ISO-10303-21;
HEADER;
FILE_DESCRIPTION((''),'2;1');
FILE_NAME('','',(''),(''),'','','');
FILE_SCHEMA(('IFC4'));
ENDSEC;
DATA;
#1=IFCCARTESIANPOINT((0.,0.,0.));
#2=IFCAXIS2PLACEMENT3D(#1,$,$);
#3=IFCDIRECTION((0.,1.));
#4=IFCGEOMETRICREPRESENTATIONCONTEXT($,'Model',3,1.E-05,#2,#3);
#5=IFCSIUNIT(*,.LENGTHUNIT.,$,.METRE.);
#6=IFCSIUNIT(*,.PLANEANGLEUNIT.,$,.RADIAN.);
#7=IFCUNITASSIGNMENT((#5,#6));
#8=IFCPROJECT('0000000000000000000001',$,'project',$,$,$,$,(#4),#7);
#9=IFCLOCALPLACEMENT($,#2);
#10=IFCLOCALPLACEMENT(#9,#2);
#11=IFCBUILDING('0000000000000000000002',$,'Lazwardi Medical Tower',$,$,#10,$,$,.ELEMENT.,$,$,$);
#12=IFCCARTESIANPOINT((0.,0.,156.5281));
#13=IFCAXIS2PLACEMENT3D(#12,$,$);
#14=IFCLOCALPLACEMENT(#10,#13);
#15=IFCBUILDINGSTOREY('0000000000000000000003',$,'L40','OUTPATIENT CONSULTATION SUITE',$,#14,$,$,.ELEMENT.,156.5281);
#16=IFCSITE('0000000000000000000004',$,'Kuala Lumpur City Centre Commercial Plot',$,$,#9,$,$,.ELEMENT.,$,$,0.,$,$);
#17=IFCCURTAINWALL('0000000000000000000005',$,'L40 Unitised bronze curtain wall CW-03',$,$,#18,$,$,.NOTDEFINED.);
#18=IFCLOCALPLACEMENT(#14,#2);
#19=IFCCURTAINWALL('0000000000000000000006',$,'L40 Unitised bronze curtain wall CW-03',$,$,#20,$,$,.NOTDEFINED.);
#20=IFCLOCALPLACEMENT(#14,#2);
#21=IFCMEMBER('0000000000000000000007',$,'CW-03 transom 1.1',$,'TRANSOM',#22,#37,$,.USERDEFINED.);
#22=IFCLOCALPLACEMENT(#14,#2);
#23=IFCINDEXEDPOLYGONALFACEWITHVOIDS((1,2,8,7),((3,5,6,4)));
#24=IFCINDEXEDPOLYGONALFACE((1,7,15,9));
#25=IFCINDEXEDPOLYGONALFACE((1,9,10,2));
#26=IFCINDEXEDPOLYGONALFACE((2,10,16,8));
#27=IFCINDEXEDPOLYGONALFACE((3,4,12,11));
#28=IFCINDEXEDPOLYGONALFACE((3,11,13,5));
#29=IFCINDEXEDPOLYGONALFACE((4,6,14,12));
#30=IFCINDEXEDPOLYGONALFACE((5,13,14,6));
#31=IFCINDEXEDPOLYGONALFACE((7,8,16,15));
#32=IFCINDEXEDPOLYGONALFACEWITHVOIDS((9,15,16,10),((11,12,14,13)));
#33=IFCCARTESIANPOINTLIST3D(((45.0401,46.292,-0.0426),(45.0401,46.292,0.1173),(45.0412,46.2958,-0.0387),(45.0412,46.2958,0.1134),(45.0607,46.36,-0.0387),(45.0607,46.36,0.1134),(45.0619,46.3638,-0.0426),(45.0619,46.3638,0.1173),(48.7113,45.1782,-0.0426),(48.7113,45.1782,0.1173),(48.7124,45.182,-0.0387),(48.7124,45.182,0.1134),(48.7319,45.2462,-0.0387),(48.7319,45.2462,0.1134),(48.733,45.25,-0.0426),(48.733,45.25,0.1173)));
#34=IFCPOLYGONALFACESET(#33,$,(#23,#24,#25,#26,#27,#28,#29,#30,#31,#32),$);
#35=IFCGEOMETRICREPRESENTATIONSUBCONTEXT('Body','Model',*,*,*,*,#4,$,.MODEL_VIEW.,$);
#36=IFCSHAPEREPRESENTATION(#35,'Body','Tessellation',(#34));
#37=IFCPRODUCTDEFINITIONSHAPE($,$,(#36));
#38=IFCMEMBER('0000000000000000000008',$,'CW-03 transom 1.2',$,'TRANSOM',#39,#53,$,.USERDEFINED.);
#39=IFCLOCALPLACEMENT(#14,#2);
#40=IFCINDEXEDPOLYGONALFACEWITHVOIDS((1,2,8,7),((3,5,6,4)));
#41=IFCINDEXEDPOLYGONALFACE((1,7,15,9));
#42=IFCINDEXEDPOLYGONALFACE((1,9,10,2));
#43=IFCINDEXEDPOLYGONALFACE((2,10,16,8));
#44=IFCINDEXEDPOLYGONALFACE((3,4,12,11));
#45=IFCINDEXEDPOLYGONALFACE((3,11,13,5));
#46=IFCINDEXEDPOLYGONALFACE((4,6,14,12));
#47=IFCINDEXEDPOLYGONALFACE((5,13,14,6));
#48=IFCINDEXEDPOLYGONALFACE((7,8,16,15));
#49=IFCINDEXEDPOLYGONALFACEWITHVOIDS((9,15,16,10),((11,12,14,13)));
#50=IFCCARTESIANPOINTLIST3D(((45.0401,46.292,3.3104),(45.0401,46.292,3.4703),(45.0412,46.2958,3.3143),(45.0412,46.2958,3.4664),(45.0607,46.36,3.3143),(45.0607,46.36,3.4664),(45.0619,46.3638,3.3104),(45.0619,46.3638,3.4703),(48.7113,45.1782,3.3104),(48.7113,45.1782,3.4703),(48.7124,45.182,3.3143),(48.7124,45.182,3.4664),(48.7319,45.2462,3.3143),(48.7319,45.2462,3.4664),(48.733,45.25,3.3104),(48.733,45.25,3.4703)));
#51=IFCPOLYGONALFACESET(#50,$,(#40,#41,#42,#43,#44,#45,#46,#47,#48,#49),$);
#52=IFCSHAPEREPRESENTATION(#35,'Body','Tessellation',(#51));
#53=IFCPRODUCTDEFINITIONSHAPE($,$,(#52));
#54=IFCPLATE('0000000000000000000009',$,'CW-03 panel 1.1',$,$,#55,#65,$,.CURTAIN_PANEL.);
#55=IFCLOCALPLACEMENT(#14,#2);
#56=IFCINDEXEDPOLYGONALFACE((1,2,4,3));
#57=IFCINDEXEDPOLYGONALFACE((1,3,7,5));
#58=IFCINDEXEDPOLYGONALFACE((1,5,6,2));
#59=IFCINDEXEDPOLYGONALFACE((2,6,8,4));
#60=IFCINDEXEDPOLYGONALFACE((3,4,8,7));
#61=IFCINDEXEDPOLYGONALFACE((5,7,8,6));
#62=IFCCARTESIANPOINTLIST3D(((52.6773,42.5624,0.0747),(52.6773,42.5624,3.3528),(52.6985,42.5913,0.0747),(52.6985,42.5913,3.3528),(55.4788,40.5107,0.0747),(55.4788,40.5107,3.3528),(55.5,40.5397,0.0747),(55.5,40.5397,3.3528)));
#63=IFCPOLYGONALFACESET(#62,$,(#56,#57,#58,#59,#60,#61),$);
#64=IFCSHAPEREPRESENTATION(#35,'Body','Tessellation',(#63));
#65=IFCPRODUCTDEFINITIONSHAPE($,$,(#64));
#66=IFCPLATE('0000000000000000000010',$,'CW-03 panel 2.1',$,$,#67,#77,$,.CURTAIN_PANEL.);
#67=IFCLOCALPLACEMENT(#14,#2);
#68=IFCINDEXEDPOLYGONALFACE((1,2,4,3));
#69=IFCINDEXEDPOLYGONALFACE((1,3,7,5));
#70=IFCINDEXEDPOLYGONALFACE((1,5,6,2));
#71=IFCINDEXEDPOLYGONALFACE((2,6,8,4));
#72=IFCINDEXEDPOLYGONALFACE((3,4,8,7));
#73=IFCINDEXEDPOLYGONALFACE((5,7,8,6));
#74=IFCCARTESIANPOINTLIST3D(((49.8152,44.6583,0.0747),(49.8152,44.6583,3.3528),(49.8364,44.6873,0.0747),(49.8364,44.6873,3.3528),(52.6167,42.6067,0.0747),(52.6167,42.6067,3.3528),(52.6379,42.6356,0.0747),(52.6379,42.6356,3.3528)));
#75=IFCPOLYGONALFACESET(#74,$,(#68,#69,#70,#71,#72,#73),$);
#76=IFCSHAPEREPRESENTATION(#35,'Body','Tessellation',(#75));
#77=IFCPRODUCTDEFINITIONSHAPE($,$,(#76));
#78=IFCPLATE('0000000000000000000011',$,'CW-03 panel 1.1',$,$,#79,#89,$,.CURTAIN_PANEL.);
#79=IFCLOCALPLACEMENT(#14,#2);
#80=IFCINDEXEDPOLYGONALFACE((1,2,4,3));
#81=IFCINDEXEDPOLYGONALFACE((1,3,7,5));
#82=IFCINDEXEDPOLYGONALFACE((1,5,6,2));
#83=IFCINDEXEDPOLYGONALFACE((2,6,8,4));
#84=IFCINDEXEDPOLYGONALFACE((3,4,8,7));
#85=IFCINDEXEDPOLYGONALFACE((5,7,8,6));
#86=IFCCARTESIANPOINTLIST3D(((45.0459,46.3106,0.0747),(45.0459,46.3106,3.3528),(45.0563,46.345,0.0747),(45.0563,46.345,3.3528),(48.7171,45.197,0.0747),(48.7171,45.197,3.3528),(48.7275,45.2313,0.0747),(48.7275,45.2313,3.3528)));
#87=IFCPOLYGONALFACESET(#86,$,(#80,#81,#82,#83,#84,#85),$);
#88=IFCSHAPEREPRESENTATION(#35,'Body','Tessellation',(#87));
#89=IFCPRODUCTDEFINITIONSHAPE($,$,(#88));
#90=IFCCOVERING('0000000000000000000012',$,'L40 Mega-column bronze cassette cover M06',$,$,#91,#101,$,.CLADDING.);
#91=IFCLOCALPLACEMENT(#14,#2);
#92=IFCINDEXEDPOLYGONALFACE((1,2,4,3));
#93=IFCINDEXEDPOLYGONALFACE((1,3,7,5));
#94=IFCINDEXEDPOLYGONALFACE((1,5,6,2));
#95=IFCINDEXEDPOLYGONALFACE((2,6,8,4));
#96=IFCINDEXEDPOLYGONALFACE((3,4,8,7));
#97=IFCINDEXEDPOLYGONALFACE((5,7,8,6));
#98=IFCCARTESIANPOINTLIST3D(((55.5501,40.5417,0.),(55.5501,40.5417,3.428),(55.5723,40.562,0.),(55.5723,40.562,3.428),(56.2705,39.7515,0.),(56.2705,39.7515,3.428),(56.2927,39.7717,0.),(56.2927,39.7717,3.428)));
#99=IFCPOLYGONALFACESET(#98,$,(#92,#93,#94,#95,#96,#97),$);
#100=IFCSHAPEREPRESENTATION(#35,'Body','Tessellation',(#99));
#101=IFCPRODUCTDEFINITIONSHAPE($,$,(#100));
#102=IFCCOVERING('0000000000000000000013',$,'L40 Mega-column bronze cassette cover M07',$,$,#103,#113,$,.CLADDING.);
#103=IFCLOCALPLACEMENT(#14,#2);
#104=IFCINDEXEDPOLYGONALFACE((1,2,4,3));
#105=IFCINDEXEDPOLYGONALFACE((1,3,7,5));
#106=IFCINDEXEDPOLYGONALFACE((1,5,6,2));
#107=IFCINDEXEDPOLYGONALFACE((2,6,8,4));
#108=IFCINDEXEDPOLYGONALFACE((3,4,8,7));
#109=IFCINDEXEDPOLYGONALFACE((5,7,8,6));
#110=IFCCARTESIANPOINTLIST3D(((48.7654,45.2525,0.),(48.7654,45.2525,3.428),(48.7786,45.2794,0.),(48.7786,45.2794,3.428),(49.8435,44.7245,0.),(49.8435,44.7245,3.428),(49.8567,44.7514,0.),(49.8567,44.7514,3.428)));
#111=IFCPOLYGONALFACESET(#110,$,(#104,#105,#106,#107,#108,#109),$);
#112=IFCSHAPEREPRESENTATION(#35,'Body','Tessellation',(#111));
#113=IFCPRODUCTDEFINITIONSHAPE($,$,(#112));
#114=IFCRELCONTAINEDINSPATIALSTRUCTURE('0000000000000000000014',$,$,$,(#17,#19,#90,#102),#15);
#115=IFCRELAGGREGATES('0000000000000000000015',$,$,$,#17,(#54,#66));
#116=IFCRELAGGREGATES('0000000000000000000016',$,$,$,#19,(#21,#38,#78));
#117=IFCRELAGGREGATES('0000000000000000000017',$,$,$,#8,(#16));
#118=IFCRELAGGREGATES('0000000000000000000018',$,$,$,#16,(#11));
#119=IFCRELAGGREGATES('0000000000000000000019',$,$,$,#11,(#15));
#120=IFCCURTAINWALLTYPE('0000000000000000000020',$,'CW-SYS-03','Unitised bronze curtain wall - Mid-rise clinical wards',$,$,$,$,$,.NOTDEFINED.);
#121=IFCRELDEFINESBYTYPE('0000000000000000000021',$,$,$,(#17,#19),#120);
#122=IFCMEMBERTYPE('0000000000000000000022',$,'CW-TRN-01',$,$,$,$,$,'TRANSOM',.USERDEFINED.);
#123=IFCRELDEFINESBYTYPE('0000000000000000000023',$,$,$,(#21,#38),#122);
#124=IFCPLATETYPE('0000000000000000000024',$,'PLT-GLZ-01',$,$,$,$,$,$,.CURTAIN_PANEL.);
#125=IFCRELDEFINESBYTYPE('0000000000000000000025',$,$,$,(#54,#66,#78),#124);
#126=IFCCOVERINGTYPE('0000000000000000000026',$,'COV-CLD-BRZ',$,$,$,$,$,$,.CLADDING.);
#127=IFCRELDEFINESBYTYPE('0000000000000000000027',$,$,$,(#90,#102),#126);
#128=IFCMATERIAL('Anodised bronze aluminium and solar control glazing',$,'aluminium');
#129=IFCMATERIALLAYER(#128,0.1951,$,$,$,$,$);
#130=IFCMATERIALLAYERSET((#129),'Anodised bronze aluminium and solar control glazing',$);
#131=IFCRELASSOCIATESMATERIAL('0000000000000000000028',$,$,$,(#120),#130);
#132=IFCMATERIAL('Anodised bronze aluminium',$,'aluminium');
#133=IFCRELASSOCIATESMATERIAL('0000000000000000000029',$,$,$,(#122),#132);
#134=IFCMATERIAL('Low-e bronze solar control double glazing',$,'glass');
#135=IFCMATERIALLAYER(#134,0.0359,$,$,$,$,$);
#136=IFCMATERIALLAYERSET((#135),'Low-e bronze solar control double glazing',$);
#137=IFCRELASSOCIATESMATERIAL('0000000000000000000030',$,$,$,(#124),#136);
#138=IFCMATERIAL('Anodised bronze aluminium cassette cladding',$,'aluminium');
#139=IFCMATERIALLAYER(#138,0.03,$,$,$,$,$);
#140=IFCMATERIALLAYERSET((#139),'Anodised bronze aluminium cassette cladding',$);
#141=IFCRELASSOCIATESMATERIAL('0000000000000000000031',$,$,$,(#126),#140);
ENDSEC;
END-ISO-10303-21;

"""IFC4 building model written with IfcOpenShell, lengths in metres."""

from ifc_helpers import new_model, si_unit, direction, frame, origin, origin_2d, place, context, subcontext, project, spatial, rectangle, hollow_rectangle, extrude, material, layer, layer_set, material_profile, profile_set, type_object, element, aggregate, save


model = new_model("IFC4")

# Units and contexts
model_context = context("Model", 3, precision=1e-05, world=origin(), true_north=direction((0.0, 1.0)))
body_context = subcontext(model_context, "Body", "Model", "MODEL_VIEW")
ifc_project = project(units=[si_unit("LENGTHUNIT", "METRE"), si_unit("PLANEANGLEUNIT", "RADIAN")], contexts=[model_context])

# Site, building, storey
site_placement = place(None, origin())
site = spatial("IfcSite", under=ifc_project, at=site_placement, Name="Kuala Lumpur City Centre Commercial Plot", CompositionType="ELEMENT", RefElevation=0.0)
building_placement = place(site_placement, origin())
building = spatial("IfcBuilding", under=site, at=building_placement, Name="Lazwardi Medical Tower", CompositionType="ELEMENT")
storey_placement = place(building_placement, frame((0.0, 0.0, 156.5281)))
storey = spatial("IfcBuildingStorey", under=building, at=storey_placement, Name="L40", Description="OUTPATIENT CONSULTATION SUITE", CompositionType="ELEMENT", Elevation=156.5281)

# Shared definitions
ifc_material_1 = material(Name="Anodised bronze aluminium and solar control glazing", Category="aluminium")
ifc_layer_1 = layer(ifc_material_1, 0.1951)
ifc_layer_set_1 = layer_set([ifc_layer_1], Name="Anodised bronze aluminium and solar control glazing")
curtain_wall_type = type_object("IfcCurtainWallType", Name="CW-SYS-03", Description="Unitised bronze curtain wall - Mid-rise clinical wards", PredefinedType="NOTDEFINED", material=ifc_layer_set_1)
ifc_material_2 = material(Name="Anodised bronze aluminium", Category="aluminium")

# Curtain wall
curtain_wall_1_placement = place(storey_placement, origin())
curtain_wall_1 = element("IfcCurtainWall", 1, at=curtain_wall_1_placement, inside=storey, type_object=curtain_wall_type, Name="L40 Unitised bronze curtain wall CW-03", PredefinedType="NOTDEFINED")

# Curtain wall
curtain_wall_2_placement = place(storey_placement, origin())
curtain_wall_2 = element("IfcCurtainWall", 2, at=curtain_wall_2_placement, inside=storey, type_object=curtain_wall_type, Name="L40 Unitised bronze curtain wall CW-03", PredefinedType="NOTDEFINED")

# Members
ifc_material_profile_1 = material_profile(ifc_material_2, hollow_rectangle(XDim=0.075, YDim=0.1599, WallThickness=0.0039, at=origin_2d()), Name="ALU-TRANSOM 160x75x4")
ifc_profile_set_1 = profile_set([ifc_material_profile_1], Name="Anodised bronze aluminium")
member_type_1 = type_object("IfcMemberType", Name="CW-TRN-01", ElementType="TRANSOM", PredefinedType="USERDEFINED", material=ifc_profile_set_1)
member_1_placement = place(storey_placement, frame((48.7222, 45.2141, 0.0374), z_axis=(-0.95693, 0.290318, 0.0), x_axis=(-0.290318, -0.95693, 0.0)))
member_1 = element("IfcMember", 3, at=member_1_placement, type_object=member_type_1, Name="CW-03 transom 1.1", ObjectType="TRANSOM", PredefinedType="USERDEFINED", context=body_context, shape_type="SweptSolid", body=[
    extrude(hollow_rectangle(XDim=0.075, YDim=0.1599, WallThickness=0.0039, at=origin_2d()), origin(), (0.0, 0.0, 1.0), 3.8364),
])
member_2_placement = place(storey_placement, frame((48.7222, 45.2141, 3.3904), z_axis=(-0.95693, 0.290318, 0.0), x_axis=(-0.290318, -0.95693, 0.0)))
member_2 = element("IfcMember", 4, at=member_2_placement, type_object=member_type_1, Name="CW-03 transom 1.2", ObjectType="TRANSOM", PredefinedType="USERDEFINED", context=body_context, shape_type="SweptSolid", body=[
    extrude(hollow_rectangle(XDim=0.075, YDim=0.1599, WallThickness=0.0039, at=origin_2d()), origin(), (0.0, 0.0, 1.0), 3.8364),
])

# Plates
ifc_material_3 = material(Name="Low-e bronze solar control double glazing", Category="glass")
ifc_layer_2 = layer(ifc_material_3, 0.0359)
ifc_layer_set_2 = layer_set([ifc_layer_2], Name="Low-e bronze solar control double glazing")
plate_type = type_object("IfcPlateType", Name="PLT-GLZ-01", PredefinedType="CURTAIN_PANEL", material=ifc_layer_set_2)
plate_1_placement = place(storey_placement, frame((54.0886, 41.551, 0.0747), z_axis=(0.0, 0.0, 1.0), x_axis=(-0.806793, 0.590834, 0.0)))
plate_1 = element("IfcPlate", 5, at=plate_1_placement, type_object=plate_type, Name="CW-03 panel 1.1", PredefinedType="CURTAIN_PANEL", context=body_context, shape_type="SweptSolid", body=[
    extrude(rectangle(XDim=3.4724, YDim=0.0359, at=origin_2d()), origin(), (0.0, 0.0, 1.0), 3.2781),
])
plate_2_placement = place(storey_placement, frame((51.2266, 43.647, 0.0747), z_axis=(0.0, 0.0, 1.0), x_axis=(-0.806793, 0.590834, 0.0)))
plate_2 = element("IfcPlate", 6, at=plate_2_placement, type_object=plate_type, Name="CW-03 panel 2.1", PredefinedType="CURTAIN_PANEL", context=body_context, shape_type="SweptSolid", body=[
    extrude(rectangle(XDim=3.4724, YDim=0.0359, at=origin_2d()), origin(), (0.0, 0.0, 1.0), 3.2781),
])
aggregate(curtain_wall_1, [plate_1, plate_2])
plate_3_placement = place(storey_placement, frame((46.8867, 45.771, 0.0747), z_axis=(0.0, 0.0, 1.0), x_axis=(-0.956942, 0.290281, 0.0)))
plate_3 = element("IfcPlate", 7, at=plate_3_placement, type_object=plate_type, Name="CW-03 panel 1.1", PredefinedType="CURTAIN_PANEL", context=body_context, shape_type="SweptSolid", body=[
    extrude(rectangle(XDim=3.8364, YDim=0.0359, at=origin_2d()), origin(), (0.0, 0.0, 1.0), 3.2781),
])
aggregate(curtain_wall_2, [member_1, member_2, plate_3])

# Coverings
ifc_material_4 = material(Name="Anodised bronze aluminium cassette cladding", Category="aluminium")
ifc_layer_3 = layer(ifc_material_4, 0.03)
ifc_layer_set_3 = layer_set([ifc_layer_3], Name="Anodised bronze aluminium cassette cladding")
covering_type = type_object("IfcCoveringType", Name="COV-CLD-BRZ", PredefinedType="CLADDING", material=ifc_layer_set_3)
covering_1_placement = place(storey_placement, frame((55.9214, 40.1567, 0.0), z_axis=(0.0, 0.0, 1.0), x_axis=(-0.673714, 0.738992, 0.0)))
element("IfcCovering", 8, at=covering_1_placement, inside=storey, type_object=covering_type, Name="L40 Mega-column bronze cassette cover M06", PredefinedType="CLADDING", context=body_context, shape_type="SweptSolid", body=[
    extrude(rectangle(XDim=1.0693, YDim=0.03, at=origin_2d()), origin(), (0.0, 0.0, 1.0), 3.428),
])
covering_2_placement = place(storey_placement, frame((49.311, 45.002, 0.0), z_axis=(0.0, 0.0, 1.0), x_axis=(-0.898079, 0.439834, 0.0)))
element("IfcCovering", 9, at=covering_2_placement, inside=storey, type_object=covering_type, Name="L40 Mega-column bronze cassette cover M07", PredefinedType="CLADDING", context=body_context, shape_type="SweptSolid", body=[
    extrude(rectangle(XDim=1.2004, YDim=0.03, at=origin_2d()), origin(), (0.0, 0.0, 1.0), 3.428),
])

save(model, "model.ifc")
